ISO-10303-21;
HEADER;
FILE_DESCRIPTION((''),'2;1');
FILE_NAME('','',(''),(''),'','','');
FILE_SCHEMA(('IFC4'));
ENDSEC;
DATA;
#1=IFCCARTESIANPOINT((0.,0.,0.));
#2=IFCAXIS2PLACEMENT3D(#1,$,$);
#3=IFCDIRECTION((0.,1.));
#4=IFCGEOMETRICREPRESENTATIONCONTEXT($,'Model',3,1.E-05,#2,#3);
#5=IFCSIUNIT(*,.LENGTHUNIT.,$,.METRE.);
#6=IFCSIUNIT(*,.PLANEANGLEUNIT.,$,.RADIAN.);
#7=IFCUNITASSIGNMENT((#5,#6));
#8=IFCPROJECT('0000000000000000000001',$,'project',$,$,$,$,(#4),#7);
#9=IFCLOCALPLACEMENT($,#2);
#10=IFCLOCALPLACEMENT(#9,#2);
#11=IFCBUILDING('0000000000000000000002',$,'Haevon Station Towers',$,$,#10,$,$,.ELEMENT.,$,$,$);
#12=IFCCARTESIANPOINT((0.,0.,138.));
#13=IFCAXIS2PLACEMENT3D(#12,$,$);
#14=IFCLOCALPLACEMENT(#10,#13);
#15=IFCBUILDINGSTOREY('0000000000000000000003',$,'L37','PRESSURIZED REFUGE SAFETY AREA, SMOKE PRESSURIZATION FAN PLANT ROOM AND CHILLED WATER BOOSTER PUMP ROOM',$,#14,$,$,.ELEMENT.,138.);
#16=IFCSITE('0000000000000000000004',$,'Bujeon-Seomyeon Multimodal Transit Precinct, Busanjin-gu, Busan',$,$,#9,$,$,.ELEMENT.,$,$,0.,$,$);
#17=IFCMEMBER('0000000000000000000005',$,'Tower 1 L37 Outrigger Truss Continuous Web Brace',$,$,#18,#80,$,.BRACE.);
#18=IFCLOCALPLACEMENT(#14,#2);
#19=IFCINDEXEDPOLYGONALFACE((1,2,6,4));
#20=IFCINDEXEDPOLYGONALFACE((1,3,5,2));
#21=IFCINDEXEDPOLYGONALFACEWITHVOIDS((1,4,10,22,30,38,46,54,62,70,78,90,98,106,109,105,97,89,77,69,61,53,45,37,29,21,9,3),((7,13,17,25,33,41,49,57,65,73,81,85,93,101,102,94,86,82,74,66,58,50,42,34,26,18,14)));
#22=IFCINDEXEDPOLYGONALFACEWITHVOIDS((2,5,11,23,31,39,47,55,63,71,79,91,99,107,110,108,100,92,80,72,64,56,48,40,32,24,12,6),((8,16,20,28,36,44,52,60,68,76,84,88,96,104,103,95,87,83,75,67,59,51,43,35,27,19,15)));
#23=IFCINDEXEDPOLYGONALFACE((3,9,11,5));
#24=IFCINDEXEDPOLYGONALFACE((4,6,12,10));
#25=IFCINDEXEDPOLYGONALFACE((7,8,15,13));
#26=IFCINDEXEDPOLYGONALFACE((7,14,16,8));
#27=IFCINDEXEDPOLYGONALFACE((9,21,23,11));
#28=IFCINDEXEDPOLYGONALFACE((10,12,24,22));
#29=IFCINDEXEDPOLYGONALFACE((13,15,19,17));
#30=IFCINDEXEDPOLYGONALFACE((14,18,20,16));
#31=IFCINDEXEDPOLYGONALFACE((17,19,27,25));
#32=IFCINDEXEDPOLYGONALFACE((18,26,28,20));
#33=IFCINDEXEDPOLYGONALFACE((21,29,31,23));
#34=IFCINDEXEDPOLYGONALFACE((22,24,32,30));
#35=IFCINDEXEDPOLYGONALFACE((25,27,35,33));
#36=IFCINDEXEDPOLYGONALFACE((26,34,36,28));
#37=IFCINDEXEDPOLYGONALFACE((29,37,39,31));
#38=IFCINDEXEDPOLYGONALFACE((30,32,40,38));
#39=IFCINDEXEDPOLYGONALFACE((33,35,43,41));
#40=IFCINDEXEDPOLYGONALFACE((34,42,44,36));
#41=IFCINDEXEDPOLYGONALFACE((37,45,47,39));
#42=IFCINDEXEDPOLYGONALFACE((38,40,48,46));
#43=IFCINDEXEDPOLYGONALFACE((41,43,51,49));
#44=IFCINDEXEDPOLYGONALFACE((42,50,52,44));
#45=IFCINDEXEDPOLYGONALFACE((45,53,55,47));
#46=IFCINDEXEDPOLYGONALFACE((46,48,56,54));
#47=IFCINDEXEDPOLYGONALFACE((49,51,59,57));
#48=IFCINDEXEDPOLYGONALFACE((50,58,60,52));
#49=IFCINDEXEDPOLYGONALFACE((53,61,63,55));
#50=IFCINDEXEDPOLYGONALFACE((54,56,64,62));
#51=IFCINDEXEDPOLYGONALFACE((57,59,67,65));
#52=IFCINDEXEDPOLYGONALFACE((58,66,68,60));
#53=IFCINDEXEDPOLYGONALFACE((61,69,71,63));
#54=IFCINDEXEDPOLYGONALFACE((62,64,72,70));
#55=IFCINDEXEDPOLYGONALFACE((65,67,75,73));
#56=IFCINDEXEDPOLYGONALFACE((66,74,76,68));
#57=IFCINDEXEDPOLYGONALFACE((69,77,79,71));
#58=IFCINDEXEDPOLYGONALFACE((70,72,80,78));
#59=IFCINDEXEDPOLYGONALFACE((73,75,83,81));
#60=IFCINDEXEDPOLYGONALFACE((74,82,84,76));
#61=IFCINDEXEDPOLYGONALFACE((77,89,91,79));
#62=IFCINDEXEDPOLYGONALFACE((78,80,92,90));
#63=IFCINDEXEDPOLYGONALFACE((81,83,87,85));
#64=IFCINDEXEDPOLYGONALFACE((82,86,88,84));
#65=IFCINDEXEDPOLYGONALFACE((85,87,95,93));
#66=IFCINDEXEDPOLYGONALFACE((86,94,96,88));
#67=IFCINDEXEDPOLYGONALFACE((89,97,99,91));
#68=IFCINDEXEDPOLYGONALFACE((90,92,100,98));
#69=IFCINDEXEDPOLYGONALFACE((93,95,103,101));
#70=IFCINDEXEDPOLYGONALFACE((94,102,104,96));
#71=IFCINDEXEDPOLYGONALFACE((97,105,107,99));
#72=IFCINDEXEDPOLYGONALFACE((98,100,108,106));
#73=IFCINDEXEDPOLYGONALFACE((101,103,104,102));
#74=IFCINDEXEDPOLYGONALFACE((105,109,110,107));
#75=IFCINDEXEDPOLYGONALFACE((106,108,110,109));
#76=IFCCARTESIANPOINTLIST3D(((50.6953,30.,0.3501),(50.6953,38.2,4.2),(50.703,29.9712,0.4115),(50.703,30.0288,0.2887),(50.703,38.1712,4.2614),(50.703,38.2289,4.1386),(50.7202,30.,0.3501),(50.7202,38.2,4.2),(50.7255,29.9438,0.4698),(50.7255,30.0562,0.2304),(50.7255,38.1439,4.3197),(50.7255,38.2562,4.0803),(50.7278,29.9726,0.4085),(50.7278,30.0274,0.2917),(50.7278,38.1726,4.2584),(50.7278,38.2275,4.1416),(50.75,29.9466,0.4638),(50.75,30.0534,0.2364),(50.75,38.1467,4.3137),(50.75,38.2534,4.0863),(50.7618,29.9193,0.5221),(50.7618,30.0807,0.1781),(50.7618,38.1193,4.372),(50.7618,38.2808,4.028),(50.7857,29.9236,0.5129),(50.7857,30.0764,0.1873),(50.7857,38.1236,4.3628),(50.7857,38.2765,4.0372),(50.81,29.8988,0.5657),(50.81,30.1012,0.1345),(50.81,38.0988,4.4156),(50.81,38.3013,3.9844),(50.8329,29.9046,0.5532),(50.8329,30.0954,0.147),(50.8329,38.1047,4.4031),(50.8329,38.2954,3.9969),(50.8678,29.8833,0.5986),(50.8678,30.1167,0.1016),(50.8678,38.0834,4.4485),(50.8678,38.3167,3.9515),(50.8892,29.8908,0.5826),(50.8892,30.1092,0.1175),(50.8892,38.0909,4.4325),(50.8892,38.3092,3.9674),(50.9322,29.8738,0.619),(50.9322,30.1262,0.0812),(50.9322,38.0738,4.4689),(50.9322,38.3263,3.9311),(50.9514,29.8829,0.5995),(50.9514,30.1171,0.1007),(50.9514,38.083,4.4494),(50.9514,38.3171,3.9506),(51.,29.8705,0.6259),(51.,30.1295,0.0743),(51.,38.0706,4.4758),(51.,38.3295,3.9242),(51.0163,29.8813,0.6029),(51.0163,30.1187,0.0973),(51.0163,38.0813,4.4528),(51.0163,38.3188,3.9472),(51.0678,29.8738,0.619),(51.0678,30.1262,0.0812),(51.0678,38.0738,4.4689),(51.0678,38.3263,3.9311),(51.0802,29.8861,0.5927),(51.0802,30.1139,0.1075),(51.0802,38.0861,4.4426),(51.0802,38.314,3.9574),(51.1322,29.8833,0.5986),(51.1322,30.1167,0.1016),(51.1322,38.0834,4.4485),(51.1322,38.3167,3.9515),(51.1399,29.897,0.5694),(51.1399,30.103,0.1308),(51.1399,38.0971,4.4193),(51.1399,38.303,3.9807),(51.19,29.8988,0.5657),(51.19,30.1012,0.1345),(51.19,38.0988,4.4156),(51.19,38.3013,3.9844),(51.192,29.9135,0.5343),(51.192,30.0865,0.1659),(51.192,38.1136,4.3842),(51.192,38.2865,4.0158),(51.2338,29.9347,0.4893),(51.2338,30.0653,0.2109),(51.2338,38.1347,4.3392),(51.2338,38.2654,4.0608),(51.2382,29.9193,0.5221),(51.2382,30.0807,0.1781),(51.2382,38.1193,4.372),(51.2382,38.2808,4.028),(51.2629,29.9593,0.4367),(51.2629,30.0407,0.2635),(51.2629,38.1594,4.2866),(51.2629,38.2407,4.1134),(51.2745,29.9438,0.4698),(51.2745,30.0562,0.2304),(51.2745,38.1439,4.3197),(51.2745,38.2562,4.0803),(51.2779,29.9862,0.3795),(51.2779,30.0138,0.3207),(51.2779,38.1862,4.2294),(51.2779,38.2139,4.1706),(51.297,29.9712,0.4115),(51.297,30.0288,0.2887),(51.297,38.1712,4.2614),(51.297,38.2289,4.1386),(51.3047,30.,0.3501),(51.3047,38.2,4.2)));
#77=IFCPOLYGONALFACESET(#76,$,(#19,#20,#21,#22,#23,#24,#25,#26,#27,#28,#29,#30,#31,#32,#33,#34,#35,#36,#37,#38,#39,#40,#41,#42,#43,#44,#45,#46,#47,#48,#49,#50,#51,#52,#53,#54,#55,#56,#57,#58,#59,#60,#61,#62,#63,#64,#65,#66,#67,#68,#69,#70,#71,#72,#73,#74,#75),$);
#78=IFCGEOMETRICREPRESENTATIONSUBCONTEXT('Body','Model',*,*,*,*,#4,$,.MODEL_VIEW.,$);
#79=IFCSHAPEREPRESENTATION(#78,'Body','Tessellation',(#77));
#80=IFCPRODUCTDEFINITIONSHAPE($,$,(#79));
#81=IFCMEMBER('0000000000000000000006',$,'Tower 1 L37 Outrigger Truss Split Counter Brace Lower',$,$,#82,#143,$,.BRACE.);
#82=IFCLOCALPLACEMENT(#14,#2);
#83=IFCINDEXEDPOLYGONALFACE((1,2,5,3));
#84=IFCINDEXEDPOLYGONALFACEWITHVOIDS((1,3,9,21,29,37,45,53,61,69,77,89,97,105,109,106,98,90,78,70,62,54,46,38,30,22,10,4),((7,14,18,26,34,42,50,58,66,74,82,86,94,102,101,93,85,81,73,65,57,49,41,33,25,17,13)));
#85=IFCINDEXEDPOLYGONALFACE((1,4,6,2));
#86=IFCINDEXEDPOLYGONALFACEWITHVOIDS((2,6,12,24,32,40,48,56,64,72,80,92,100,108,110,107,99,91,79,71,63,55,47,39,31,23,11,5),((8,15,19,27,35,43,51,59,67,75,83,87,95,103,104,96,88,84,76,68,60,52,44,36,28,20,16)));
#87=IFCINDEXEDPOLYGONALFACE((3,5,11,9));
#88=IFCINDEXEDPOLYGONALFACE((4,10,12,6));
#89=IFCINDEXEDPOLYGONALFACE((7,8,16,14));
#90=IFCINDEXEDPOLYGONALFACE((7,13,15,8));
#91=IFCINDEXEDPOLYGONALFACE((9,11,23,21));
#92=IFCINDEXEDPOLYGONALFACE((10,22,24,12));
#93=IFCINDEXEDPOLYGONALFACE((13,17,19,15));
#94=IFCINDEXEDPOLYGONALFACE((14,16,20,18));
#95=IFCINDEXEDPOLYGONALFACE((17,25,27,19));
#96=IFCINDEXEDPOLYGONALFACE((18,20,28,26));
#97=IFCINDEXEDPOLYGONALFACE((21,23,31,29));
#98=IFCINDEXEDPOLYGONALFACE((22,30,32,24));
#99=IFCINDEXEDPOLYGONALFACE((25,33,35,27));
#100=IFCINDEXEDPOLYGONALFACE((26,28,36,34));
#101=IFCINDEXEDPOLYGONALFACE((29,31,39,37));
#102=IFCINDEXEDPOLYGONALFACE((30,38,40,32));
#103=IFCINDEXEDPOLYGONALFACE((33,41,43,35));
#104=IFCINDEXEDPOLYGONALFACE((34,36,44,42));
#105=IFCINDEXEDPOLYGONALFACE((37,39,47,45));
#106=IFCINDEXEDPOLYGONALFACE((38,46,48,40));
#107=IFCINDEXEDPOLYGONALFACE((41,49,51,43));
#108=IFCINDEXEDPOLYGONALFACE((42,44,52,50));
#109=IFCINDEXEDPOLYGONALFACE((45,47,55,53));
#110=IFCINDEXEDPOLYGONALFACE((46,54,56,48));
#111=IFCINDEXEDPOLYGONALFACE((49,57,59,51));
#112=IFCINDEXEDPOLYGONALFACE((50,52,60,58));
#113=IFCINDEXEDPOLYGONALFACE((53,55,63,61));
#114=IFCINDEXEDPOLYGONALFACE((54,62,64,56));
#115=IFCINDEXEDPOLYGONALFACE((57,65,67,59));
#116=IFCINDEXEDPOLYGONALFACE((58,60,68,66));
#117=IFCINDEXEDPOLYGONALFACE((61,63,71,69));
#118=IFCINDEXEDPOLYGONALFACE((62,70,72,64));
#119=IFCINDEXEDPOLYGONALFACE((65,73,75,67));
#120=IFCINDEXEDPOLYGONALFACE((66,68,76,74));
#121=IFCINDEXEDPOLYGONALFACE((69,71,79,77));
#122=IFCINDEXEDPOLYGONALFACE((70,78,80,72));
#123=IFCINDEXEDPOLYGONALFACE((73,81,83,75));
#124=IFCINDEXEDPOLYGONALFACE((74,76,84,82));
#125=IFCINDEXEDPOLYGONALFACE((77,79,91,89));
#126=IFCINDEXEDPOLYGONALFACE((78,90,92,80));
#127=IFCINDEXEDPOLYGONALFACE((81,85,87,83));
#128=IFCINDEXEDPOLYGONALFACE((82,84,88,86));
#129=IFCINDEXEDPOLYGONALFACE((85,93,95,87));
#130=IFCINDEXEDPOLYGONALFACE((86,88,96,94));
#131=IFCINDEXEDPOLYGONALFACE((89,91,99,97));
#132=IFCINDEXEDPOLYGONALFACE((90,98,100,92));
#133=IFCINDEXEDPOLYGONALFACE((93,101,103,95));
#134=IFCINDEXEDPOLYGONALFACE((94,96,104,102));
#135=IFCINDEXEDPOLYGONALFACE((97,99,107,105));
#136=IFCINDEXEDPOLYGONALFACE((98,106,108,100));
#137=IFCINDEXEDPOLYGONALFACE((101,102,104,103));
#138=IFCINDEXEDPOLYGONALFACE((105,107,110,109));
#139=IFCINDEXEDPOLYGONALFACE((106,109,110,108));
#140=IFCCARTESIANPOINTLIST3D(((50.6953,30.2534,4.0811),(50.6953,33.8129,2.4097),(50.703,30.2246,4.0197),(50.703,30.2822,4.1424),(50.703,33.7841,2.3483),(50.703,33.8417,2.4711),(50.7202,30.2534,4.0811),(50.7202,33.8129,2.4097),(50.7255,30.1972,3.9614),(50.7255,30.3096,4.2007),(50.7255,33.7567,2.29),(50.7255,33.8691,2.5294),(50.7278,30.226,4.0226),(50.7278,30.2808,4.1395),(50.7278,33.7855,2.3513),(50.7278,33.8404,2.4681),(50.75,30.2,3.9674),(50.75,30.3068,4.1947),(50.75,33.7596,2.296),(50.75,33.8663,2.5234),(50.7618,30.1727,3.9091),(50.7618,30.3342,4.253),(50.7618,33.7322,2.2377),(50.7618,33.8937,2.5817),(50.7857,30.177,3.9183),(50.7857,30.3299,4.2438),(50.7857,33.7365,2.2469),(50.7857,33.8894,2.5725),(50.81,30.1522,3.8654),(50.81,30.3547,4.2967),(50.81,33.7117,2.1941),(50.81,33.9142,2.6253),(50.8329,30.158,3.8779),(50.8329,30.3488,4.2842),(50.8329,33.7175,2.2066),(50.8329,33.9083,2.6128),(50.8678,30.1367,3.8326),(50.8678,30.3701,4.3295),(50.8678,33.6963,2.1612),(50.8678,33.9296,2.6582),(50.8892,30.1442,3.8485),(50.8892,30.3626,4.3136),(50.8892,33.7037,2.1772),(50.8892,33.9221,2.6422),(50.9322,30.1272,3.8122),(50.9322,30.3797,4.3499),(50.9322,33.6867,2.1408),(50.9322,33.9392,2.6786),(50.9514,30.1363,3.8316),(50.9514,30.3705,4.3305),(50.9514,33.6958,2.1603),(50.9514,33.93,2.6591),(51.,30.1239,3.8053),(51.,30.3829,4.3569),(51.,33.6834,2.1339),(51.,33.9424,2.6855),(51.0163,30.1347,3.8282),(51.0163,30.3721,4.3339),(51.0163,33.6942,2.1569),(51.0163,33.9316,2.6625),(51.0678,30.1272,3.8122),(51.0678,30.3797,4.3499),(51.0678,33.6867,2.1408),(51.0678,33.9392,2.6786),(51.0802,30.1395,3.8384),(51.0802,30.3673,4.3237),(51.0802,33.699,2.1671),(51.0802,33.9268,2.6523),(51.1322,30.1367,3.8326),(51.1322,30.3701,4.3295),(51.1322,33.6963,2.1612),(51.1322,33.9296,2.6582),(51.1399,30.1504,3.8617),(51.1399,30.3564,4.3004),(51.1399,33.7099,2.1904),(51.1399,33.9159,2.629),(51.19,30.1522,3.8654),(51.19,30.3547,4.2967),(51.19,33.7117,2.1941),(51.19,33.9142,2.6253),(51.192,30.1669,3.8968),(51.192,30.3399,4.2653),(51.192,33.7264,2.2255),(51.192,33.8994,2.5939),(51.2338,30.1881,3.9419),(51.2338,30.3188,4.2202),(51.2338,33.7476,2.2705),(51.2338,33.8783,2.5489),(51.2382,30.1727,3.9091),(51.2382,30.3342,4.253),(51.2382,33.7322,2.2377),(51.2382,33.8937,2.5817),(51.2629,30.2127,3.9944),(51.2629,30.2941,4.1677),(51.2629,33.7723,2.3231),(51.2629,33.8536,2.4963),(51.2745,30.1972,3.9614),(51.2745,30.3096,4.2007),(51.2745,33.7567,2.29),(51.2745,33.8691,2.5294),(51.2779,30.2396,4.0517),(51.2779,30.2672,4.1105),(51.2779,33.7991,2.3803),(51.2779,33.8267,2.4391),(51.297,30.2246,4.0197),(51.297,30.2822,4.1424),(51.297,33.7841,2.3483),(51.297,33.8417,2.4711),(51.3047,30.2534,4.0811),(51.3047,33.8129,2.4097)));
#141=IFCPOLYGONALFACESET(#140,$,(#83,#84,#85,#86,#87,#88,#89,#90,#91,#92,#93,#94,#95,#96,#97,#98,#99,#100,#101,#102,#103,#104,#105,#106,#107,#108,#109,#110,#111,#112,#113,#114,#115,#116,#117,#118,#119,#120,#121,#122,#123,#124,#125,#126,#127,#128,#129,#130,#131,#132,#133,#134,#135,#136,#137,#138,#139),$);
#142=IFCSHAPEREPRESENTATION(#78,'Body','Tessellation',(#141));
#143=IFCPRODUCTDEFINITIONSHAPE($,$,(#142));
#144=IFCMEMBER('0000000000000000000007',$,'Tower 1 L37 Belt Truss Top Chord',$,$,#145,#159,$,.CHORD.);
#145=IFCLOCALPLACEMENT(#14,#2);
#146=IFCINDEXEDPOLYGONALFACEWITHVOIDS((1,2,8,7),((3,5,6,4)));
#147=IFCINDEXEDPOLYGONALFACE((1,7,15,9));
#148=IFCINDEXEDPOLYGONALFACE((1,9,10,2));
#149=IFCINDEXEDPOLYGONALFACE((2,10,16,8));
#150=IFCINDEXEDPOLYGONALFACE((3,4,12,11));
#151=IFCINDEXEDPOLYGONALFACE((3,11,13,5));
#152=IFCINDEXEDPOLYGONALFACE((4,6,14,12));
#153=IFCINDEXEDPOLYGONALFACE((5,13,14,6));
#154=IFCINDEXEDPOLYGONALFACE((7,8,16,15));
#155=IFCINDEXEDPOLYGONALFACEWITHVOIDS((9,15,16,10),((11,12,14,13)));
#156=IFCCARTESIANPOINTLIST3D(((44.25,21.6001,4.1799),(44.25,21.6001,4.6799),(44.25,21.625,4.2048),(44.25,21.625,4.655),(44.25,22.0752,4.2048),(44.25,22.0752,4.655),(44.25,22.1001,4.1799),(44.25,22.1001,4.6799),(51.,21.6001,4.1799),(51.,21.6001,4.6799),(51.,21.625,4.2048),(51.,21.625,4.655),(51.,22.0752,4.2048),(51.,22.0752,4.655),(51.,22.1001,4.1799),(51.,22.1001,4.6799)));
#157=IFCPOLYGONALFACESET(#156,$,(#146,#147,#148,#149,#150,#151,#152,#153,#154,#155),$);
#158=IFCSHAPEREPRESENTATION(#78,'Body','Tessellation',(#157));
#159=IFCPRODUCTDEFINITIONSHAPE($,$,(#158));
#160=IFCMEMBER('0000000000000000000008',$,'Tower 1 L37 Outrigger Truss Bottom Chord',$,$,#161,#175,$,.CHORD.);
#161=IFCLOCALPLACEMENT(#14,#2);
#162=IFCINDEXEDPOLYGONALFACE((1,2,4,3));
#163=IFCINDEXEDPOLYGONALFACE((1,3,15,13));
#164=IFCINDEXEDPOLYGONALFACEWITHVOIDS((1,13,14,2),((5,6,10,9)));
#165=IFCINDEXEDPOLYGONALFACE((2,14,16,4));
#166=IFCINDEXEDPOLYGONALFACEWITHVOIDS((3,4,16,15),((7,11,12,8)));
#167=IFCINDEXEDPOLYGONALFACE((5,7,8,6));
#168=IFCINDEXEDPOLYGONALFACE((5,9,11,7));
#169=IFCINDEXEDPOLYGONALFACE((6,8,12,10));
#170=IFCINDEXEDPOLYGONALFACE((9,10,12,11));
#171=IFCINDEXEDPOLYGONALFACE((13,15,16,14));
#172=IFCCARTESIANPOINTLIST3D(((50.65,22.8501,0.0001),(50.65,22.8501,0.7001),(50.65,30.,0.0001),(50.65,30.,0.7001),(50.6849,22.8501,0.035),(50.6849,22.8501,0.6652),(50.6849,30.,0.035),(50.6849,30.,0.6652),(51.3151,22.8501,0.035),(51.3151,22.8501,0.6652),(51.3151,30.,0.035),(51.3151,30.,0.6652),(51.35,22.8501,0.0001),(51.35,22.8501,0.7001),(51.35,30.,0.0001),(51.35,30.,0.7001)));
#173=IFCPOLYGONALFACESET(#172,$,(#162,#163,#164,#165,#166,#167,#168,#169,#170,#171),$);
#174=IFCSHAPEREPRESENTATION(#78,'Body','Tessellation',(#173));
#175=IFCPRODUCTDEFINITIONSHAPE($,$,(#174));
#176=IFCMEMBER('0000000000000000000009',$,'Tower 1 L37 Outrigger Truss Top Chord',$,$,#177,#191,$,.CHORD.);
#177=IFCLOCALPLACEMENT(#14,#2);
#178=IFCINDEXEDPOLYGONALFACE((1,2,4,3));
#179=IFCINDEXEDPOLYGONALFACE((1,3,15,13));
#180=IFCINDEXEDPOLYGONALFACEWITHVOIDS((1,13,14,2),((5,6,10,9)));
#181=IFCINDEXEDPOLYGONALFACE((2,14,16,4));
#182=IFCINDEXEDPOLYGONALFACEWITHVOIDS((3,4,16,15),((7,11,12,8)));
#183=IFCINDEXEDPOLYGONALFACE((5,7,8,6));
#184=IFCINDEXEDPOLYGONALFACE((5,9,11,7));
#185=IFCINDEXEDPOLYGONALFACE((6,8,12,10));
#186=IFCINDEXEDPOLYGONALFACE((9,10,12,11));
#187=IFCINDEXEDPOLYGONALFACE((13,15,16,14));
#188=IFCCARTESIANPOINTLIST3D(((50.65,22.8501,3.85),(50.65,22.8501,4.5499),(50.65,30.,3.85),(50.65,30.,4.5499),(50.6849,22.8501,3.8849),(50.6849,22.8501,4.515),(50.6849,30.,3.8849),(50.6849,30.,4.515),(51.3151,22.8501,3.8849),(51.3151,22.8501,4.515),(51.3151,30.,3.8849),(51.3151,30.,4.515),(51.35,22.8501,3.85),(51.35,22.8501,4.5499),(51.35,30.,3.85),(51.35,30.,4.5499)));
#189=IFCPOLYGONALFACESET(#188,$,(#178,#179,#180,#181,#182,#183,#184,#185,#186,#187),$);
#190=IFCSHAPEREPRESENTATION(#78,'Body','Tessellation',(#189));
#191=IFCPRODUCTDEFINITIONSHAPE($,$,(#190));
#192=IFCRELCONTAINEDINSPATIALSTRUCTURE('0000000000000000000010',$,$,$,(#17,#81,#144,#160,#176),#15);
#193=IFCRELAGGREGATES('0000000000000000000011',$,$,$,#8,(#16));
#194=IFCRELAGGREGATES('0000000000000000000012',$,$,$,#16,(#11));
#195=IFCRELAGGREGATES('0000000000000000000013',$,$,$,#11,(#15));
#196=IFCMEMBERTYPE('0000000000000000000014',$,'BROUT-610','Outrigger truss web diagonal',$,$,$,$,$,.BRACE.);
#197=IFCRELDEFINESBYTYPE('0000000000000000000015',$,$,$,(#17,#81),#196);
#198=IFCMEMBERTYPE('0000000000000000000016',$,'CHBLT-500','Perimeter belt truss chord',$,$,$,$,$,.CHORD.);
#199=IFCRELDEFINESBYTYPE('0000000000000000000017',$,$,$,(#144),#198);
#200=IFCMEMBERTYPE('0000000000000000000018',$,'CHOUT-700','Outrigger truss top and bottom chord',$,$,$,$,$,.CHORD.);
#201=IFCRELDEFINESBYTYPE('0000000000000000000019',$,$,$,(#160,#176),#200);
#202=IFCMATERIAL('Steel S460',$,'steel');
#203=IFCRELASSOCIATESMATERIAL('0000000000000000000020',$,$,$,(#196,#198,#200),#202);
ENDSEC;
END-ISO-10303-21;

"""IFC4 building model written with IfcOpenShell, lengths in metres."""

from ifc_helpers import new_model, si_unit, direction, frame, origin, origin_2d, place, context, subcontext, project, spatial, hollow_rectangle, hollow_circle, extrude, material, material_profile, profile_set, type_object, element, save


model = new_model("IFC4")

# Units and contexts
model_context = context("Model", 3, precision=1e-05, world=origin(), true_north=direction((0.0, 1.0)))
body_context = subcontext(model_context, "Body", "Model", "MODEL_VIEW")
ifc_project = project(units=[si_unit("LENGTHUNIT", "METRE"), si_unit("PLANEANGLEUNIT", "RADIAN")], contexts=[model_context])

# Site, building, storey
site_placement = place(None, origin())
site = spatial("IfcSite", under=ifc_project, at=site_placement, Name="Bujeon-Seomyeon Multimodal Transit Precinct, Busanjin-gu, Busan", CompositionType="ELEMENT", RefElevation=0.0)
building_placement = place(site_placement, origin())
building = spatial("IfcBuilding", under=site, at=building_placement, Name="Haevon Station Towers", CompositionType="ELEMENT")
storey_placement = place(building_placement, frame((0.0, 0.0, 138.0)))
storey = spatial("IfcBuildingStorey", under=building, at=storey_placement, Name="L37", Description="PRESSURIZED REFUGE SAFETY AREA, SMOKE PRESSURIZATION FAN PLANT ROOM AND CHILLED WATER BOOSTER PUMP ROOM", CompositionType="ELEMENT", Elevation=138.0)

# Shared definitions
ifc_material_1 = material(Name="Steel S460", Category="steel")

# Members
ifc_material_profile_1 = material_profile(ifc_material_1, hollow_circle(Radius=0.3047, WallThickness=0.0249, at=origin_2d()), Name="CHS-609.6x25")
ifc_profile_set_1 = profile_set([ifc_material_profile_1], Name="Steel S460")
member_type_1 = type_object("IfcMemberType", Name="BROUT-610", Description="Outrigger truss web diagonal", PredefinedType="BRACE", material=ifc_profile_set_1)
member_1_placement = place(storey_placement, frame((51.0, 30.0, 0.3501), z_axis=(0.0, 0.905199, 0.424988), x_axis=(-1.0, 0.0, 0.0)))
element("IfcMember", 1, at=member_1_placement, inside=storey, type_object=member_type_1, Name="Tower 1 L37 Outrigger Truss Continuous Web Brace", PredefinedType="BRACE", context=body_context, shape_type="SweptSolid", body=[
    extrude(hollow_circle(Radius=0.3047, WallThickness=0.0249, at=origin_2d()), origin(), (0.0, 0.0, 1.0), 9.0588),
])
member_2_placement = place(storey_placement, frame((51.0, 30.2534, 4.0811), z_axis=(0.0, 0.905181, -0.425025), x_axis=(-1.0, 0.0, 0.0)))
element("IfcMember", 2, at=member_2_placement, inside=storey, type_object=member_type_1, Name="Tower 1 L37 Outrigger Truss Split Counter Brace Lower", PredefinedType="BRACE", context=body_context, shape_type="SweptSolid", body=[
    extrude(hollow_circle(Radius=0.3047, WallThickness=0.0249, at=origin_2d()), origin(), (0.0, 0.0, 1.0), 3.9324),
])
ifc_material_profile_2 = material_profile(ifc_material_1, hollow_rectangle(XDim=0.5, YDim=0.5, WallThickness=0.0249, at=origin_2d()), Name="RHS-500x500x25")
ifc_profile_set_2 = profile_set([ifc_material_profile_2], Name="Steel S460")
member_type_2 = type_object("IfcMemberType", Name="CHBLT-500", Description="Perimeter belt truss chord", PredefinedType="CHORD", material=ifc_profile_set_2)
member_3_placement = place(storey_placement, frame((44.25, 21.8501, 4.4299), z_axis=(1.0, 0.0, 0.0), x_axis=(0.0, 1.0, 0.0)))
element("IfcMember", 3, at=member_3_placement, inside=storey, type_object=member_type_2, Name="Tower 1 L37 Belt Truss Top Chord", PredefinedType="CHORD", context=body_context, shape_type="SweptSolid", body=[
    extrude(hollow_rectangle(XDim=0.5, YDim=0.5, WallThickness=0.0249, at=origin_2d()), origin(), (0.0, 0.0, 1.0), 6.75),
])
ifc_material_profile_3 = material_profile(ifc_material_1, hollow_rectangle(XDim=0.7, YDim=0.7, WallThickness=0.0349, at=origin_2d()), Name="RHS-700x700x35")
ifc_profile_set_3 = profile_set([ifc_material_profile_3], Name="Steel S460")
member_type_3 = type_object("IfcMemberType", Name="CHOUT-700", Description="Outrigger truss top and bottom chord", PredefinedType="CHORD", material=ifc_profile_set_3)
for number, where, z_axis, x_axis, name in (
    (4, (51.0, 22.8501, 0.3501), (0.0, 1.0, 0.0), (-1.0, 0.0, 0.0), "Tower 1 L37 Outrigger Truss Bottom Chord"),
    (5, (51.0, 22.8501, 4.2), (0.0, 1.0, 0.0), (-1.0, 0.0, 0.0), "Tower 1 L37 Outrigger Truss Top Chord"),
):
    element("IfcMember", number, at=place(storey_placement, frame(where, z_axis=z_axis, x_axis=x_axis)), inside=storey, type_object=member_type_3, Name=name, PredefinedType="CHORD", context=body_context, shape_type="SweptSolid", body=[
        extrude(hollow_rectangle(XDim=0.7, YDim=0.7, WallThickness=0.0349, at=origin_2d()), origin(), (0.0, 0.0, 1.0), 7.1499),
    ])

save(model, "model.ifc")
